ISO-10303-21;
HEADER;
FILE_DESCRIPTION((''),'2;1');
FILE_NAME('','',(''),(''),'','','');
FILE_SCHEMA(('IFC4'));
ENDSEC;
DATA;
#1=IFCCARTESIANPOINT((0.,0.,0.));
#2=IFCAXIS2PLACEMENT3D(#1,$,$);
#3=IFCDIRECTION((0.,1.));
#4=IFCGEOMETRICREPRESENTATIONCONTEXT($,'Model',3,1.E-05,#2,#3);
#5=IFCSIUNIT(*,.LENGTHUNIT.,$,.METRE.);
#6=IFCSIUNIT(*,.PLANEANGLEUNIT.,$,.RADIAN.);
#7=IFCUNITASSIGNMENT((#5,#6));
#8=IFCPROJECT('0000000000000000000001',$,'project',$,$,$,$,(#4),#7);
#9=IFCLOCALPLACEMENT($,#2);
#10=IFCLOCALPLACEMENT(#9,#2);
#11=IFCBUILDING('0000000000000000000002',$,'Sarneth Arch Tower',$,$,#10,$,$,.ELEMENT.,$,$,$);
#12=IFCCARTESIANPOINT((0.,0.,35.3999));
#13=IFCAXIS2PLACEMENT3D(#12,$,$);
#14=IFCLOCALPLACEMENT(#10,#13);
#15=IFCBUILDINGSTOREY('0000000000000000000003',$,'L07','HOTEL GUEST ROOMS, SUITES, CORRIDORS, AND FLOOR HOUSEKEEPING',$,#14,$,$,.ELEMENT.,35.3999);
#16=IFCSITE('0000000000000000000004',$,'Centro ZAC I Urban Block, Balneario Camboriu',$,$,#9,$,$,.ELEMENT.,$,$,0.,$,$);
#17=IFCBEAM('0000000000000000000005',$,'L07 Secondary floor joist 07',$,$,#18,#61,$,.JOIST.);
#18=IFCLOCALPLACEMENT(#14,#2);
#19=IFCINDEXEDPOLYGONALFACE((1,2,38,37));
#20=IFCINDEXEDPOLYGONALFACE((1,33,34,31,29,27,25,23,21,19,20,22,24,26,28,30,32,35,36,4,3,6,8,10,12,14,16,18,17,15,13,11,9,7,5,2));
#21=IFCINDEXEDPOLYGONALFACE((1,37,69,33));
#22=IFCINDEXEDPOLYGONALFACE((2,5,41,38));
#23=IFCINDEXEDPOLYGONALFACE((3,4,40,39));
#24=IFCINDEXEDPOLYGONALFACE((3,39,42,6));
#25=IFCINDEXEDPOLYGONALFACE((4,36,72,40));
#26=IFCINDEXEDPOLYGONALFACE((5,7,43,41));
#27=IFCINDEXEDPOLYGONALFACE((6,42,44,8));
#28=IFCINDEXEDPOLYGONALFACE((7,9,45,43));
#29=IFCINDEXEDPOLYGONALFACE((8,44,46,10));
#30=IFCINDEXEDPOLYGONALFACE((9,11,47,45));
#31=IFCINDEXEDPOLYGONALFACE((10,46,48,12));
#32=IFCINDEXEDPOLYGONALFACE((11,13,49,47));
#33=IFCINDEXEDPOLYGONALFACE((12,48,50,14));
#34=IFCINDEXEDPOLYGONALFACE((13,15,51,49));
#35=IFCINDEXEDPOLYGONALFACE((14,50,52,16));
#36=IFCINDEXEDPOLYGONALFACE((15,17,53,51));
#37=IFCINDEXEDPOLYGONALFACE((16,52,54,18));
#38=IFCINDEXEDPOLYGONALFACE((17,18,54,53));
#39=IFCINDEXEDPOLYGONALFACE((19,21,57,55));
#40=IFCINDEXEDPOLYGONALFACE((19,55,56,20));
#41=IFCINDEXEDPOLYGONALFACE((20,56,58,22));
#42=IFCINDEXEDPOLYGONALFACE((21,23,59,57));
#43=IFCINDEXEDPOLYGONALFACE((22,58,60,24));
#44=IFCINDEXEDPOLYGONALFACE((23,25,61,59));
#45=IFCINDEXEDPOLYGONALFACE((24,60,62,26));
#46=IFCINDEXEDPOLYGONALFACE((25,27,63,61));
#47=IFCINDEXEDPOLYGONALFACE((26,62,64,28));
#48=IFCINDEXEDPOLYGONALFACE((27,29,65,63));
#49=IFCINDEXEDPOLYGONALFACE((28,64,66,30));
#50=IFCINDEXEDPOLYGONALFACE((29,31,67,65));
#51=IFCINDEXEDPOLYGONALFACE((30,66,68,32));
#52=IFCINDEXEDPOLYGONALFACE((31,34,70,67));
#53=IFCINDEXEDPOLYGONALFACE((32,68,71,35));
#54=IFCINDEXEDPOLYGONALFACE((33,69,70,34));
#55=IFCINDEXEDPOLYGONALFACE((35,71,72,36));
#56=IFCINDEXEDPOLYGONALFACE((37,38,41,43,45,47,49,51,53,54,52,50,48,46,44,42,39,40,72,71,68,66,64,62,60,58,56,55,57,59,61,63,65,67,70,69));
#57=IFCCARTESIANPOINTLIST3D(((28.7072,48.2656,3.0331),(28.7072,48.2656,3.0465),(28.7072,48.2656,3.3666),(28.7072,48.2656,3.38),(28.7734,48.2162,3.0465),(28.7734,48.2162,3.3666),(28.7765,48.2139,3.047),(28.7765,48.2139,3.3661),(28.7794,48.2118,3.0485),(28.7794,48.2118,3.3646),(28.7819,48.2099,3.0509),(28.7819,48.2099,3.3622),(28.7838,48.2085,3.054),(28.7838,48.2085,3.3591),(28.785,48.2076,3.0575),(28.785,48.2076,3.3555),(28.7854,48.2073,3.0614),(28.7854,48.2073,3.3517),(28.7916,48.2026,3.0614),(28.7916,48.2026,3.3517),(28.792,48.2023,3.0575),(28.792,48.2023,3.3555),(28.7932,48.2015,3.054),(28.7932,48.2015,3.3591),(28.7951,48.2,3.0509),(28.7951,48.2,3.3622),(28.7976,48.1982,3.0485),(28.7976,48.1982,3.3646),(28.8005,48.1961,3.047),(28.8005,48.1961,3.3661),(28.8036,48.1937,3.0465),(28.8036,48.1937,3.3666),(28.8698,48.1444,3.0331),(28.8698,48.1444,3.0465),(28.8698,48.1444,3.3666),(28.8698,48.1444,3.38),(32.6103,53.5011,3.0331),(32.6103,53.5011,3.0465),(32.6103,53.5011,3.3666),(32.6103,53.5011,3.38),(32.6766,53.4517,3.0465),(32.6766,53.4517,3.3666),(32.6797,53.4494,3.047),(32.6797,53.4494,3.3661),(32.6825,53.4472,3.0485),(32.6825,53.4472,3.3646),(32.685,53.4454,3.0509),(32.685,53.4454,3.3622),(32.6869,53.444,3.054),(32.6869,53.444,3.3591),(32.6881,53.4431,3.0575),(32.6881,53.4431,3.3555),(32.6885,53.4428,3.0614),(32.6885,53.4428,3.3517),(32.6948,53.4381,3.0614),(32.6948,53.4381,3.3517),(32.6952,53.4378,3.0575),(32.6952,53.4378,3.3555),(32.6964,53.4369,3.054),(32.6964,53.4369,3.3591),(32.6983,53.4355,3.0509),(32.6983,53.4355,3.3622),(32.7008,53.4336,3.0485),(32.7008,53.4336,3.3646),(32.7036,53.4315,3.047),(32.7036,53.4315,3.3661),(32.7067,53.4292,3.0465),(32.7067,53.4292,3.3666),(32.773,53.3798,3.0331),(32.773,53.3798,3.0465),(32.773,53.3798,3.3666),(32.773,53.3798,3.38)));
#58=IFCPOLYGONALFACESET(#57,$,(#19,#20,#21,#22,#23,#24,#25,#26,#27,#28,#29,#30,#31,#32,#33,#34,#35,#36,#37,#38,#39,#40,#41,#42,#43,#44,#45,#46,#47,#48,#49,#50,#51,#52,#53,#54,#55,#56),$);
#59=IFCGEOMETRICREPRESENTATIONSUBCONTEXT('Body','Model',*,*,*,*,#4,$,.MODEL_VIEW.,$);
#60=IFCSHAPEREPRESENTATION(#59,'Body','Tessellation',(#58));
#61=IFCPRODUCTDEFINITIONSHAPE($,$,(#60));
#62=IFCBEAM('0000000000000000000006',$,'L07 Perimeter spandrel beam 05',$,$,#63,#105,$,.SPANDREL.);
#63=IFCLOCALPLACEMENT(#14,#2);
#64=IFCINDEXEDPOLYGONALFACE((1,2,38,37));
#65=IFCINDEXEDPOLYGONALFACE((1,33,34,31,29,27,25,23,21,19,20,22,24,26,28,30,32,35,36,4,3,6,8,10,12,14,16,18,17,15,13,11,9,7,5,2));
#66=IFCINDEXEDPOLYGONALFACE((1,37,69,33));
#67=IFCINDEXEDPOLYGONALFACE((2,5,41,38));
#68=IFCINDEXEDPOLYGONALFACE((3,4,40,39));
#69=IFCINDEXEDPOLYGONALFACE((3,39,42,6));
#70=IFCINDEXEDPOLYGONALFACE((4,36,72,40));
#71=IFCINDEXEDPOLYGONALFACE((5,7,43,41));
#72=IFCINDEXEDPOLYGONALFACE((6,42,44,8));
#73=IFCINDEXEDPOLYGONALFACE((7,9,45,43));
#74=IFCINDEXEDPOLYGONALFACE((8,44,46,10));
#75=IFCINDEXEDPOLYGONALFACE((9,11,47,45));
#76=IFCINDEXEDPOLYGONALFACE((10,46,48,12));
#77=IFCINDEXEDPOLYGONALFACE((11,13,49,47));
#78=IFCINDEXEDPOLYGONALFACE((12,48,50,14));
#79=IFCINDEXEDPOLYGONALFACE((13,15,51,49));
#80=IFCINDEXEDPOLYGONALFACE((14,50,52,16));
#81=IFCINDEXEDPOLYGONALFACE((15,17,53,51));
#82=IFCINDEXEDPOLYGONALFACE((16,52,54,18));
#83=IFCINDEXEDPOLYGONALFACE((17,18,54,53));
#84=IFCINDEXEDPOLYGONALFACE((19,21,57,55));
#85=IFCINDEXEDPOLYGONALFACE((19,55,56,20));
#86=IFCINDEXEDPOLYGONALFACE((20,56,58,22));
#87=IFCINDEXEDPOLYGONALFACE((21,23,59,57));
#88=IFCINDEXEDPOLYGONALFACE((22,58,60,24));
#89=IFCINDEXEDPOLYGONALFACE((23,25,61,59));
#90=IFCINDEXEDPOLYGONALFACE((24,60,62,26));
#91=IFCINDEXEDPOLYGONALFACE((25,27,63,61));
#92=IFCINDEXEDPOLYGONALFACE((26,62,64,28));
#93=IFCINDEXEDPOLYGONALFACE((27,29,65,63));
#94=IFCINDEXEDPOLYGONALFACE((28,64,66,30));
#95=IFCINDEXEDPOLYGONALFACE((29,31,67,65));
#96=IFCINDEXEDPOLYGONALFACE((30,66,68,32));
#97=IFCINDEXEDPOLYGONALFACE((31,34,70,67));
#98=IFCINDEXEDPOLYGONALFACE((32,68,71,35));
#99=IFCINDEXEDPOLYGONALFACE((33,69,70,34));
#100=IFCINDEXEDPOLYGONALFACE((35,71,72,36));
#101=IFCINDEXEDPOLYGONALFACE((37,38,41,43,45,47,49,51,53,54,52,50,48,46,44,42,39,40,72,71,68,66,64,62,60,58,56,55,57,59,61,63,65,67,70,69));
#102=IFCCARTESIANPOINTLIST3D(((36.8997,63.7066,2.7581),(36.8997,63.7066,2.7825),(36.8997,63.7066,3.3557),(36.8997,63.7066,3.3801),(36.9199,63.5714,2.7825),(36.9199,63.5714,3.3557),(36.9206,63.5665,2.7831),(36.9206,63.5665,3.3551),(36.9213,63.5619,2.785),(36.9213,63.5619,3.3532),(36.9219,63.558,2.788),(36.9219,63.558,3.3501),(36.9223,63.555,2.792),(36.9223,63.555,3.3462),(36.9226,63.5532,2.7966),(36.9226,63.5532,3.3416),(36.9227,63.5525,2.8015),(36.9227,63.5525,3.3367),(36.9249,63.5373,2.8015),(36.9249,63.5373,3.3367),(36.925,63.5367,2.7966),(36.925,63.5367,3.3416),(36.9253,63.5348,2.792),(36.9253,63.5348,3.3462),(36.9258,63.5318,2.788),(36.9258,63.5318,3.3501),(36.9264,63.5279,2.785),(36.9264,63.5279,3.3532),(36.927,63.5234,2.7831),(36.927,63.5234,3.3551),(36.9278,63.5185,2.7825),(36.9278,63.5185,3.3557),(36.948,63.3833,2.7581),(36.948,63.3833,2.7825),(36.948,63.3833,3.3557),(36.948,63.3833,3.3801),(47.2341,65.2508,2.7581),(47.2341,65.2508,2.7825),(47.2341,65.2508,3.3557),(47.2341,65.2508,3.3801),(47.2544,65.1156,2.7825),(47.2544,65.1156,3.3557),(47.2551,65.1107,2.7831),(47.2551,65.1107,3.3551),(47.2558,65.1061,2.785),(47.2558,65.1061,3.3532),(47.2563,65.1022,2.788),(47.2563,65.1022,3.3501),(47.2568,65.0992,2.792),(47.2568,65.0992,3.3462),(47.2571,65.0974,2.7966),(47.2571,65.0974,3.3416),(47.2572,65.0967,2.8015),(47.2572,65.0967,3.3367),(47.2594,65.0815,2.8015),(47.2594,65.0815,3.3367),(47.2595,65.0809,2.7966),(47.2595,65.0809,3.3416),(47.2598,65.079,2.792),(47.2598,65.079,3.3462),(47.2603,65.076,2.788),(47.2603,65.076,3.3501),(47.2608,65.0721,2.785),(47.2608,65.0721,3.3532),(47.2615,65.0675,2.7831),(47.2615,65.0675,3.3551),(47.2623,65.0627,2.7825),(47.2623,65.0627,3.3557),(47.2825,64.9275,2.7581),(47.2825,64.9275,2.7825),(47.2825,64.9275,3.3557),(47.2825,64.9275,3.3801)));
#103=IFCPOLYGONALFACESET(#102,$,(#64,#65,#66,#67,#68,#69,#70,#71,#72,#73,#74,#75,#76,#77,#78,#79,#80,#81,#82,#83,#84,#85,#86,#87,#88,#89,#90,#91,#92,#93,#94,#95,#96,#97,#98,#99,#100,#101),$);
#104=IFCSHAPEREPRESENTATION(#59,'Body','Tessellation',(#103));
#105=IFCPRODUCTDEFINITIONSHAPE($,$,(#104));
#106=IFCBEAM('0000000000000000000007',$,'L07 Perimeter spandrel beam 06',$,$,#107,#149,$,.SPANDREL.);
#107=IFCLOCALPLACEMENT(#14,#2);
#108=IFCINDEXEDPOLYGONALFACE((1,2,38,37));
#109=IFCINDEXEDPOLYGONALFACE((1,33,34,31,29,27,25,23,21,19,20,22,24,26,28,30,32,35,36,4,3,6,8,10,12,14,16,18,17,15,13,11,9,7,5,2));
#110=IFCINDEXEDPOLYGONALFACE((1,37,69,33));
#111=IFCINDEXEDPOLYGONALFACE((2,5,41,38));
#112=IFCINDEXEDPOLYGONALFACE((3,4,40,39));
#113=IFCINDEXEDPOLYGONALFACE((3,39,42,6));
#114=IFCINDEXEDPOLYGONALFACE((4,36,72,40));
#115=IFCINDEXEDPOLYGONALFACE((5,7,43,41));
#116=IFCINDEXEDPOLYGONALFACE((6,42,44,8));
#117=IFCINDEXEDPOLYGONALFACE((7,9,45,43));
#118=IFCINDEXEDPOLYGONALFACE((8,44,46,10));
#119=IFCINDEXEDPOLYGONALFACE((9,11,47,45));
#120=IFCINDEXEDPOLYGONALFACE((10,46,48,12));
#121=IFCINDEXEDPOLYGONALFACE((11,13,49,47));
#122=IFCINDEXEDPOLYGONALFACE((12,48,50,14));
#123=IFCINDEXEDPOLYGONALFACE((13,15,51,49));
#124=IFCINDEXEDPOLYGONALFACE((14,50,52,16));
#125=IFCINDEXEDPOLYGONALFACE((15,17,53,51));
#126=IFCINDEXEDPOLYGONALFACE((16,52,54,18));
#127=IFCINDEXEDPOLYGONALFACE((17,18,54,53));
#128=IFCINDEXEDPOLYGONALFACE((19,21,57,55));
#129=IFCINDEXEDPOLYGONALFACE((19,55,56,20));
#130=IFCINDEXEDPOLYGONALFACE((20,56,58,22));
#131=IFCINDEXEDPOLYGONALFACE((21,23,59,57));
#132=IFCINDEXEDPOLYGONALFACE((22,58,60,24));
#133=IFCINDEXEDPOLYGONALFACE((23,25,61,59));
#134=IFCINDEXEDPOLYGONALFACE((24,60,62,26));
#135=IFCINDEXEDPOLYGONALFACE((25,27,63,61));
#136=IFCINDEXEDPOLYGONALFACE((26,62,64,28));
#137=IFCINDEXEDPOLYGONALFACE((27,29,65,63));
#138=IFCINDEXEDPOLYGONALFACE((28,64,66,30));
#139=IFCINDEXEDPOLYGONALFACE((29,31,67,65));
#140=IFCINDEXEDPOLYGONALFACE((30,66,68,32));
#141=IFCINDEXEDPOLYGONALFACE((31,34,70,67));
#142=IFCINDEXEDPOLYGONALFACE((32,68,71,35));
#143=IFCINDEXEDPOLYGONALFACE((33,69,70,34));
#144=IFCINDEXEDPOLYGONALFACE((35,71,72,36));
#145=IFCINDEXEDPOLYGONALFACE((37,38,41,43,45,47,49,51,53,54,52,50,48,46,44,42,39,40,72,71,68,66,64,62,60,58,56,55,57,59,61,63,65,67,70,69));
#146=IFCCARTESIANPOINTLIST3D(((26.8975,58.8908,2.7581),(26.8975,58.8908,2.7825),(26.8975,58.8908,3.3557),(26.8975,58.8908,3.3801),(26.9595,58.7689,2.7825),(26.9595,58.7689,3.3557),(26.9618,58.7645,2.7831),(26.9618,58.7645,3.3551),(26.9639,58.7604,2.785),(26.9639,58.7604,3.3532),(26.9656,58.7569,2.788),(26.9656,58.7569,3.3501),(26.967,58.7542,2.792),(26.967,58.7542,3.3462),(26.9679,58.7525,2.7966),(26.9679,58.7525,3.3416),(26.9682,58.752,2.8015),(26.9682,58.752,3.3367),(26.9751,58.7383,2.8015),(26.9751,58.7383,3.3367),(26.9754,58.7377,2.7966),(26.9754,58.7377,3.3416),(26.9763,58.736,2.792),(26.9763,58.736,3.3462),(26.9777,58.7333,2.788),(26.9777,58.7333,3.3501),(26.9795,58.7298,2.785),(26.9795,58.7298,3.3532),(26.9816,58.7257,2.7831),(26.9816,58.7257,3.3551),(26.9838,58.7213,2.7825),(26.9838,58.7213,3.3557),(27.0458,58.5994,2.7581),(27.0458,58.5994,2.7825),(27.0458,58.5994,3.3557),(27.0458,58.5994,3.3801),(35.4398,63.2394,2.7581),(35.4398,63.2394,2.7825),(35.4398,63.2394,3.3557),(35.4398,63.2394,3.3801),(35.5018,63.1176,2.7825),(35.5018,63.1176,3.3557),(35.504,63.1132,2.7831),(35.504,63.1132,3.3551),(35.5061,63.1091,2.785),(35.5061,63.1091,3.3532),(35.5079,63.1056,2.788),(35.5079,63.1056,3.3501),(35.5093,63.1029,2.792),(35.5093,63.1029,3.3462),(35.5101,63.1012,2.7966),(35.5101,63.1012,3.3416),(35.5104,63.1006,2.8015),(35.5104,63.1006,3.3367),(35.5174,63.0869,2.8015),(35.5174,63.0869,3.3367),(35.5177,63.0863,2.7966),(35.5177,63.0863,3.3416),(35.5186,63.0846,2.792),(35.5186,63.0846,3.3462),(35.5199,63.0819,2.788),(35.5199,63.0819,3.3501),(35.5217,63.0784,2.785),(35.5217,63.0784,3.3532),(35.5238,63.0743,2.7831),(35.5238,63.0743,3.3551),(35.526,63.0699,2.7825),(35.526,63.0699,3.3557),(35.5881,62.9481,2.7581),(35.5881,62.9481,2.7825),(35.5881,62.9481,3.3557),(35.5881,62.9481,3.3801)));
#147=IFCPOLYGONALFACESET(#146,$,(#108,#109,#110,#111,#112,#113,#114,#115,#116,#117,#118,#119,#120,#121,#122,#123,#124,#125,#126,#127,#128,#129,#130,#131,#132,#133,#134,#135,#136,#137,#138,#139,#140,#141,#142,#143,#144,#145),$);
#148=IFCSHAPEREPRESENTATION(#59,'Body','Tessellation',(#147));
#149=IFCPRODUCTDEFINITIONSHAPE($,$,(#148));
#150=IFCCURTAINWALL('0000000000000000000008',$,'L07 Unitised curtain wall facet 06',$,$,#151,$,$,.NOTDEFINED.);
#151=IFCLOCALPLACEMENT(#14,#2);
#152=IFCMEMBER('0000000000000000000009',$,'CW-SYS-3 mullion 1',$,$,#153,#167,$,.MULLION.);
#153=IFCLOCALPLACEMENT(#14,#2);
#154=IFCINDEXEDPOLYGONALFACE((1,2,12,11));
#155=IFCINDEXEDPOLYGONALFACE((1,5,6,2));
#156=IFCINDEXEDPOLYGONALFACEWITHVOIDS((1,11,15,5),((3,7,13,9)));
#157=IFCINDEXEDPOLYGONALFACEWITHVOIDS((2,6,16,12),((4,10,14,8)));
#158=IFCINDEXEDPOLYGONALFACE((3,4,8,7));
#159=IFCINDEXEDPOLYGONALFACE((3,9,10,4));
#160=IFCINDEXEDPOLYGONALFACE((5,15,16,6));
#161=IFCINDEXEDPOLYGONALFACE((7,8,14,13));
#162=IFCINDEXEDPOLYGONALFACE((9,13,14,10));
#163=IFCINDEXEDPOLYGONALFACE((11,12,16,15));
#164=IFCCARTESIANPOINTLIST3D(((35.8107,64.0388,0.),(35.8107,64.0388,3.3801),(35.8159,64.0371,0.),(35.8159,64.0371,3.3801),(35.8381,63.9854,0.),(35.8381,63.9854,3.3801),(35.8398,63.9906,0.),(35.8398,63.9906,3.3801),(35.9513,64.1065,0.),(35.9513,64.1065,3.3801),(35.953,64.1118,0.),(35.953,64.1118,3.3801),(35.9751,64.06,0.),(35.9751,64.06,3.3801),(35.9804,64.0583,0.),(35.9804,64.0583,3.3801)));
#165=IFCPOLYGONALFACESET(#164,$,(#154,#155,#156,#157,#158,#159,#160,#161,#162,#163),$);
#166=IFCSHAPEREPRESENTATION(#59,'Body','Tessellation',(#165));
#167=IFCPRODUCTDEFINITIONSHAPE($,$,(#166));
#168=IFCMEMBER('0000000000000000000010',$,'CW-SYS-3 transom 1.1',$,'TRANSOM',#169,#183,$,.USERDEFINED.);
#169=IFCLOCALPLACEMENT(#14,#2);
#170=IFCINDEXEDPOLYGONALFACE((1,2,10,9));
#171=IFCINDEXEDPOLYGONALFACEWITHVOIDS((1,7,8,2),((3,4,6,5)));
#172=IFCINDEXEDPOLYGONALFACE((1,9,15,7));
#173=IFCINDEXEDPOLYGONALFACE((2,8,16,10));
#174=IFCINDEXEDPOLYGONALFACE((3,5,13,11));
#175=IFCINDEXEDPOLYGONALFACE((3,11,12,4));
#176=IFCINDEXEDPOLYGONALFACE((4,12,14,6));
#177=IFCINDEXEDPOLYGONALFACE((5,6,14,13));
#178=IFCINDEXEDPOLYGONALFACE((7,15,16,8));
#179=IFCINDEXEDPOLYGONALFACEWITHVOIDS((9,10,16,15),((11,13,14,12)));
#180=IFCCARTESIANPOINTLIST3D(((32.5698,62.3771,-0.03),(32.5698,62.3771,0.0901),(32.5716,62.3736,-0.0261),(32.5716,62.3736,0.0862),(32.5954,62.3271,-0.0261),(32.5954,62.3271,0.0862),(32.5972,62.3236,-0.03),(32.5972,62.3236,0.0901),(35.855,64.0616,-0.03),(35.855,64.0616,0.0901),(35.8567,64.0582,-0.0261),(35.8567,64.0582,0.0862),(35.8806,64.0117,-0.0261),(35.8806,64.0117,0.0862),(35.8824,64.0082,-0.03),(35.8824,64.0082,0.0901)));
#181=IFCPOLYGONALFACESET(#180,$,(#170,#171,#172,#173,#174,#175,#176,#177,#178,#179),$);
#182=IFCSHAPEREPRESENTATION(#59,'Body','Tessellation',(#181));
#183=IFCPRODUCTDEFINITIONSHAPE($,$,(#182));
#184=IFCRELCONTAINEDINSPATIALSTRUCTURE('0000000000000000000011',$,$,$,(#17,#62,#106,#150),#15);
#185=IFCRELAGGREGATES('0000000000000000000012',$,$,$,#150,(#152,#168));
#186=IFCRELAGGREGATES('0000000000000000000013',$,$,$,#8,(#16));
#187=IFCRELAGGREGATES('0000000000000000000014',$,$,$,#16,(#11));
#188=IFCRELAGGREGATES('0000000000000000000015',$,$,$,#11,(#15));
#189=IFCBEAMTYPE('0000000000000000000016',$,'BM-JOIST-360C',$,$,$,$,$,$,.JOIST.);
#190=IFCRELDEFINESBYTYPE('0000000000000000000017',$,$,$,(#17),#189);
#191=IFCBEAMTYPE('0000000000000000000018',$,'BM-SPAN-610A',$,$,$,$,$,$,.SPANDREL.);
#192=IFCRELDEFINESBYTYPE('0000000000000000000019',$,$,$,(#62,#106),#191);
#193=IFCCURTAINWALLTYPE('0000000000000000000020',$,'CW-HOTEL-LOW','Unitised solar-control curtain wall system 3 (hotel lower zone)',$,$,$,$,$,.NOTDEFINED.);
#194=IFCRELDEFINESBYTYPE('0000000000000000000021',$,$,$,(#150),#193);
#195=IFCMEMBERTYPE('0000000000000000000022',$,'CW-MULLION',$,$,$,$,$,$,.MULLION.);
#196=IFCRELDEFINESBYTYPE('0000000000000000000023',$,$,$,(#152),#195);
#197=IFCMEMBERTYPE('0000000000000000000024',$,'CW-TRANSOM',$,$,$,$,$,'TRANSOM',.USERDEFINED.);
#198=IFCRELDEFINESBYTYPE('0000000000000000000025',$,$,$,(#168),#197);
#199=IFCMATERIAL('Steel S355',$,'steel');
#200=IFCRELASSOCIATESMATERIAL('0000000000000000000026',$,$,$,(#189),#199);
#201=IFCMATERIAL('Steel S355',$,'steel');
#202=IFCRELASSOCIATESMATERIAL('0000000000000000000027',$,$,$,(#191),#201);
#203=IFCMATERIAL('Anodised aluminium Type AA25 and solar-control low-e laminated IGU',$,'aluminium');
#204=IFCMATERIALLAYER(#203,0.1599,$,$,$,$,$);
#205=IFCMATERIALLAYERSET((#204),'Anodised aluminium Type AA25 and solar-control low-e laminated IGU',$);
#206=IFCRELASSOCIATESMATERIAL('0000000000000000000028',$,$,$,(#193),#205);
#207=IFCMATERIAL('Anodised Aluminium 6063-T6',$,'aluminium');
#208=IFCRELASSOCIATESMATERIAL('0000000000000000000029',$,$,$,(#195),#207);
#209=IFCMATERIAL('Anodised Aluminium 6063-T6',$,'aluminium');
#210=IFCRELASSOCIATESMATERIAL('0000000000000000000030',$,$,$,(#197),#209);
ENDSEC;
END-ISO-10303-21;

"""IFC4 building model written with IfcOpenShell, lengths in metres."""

from ifc_helpers import new_model, si_unit, direction, frame, origin, origin_2d, place, context, subcontext, project, spatial, hollow_rectangle, i_section, extrude, material, layer, layer_set, material_profile, profile_set, type_object, element, aggregate, save


model = new_model("IFC4")

# Units and contexts
model_context = context("Model", 3, precision=1e-05, world=origin(), true_north=direction((0.0, 1.0)))
body_context = subcontext(model_context, "Body", "Model", "MODEL_VIEW")
ifc_project = project(units=[si_unit("LENGTHUNIT", "METRE"), si_unit("PLANEANGLEUNIT", "RADIAN")], contexts=[model_context])

# Site, building, storey
site_placement = place(None, origin())
site = spatial("IfcSite", under=ifc_project, at=site_placement, Name="Centro ZAC I Urban Block, Balneario Camboriu", CompositionType="ELEMENT", RefElevation=0.0)
building_placement = place(site_placement, origin())
building = spatial("IfcBuilding", under=site, at=building_placement, Name="Sarneth Arch Tower", CompositionType="ELEMENT")
storey_placement = place(building_placement, frame((0.0, 0.0, 35.3999)))
storey = spatial("IfcBuildingStorey", under=building, at=storey_placement, Name="L07", Description="HOTEL GUEST ROOMS, SUITES, CORRIDORS, AND FLOOR HOUSEKEEPING", CompositionType="ELEMENT", Elevation=35.3999)

# Beams
ifc_material_1 = material(Name="Steel S355", Category="steel")
ifc_material_profile_1 = material_profile(ifc_material_1, i_section(OverallWidth=0.2029, OverallDepth=0.3469, WebThickness=0.0078, FlangeThickness=0.0134, FilletRadius=0.0149, at=origin_2d()), Name="W360x64")
ifc_profile_set_1 = profile_set([ifc_material_profile_1], Name="Steel S355")
beam_type_1 = type_object("IfcBeamType", Name="BM-JOIST-360C", PredefinedType="JOIST", material=ifc_profile_set_1)
beam_1_placement = place(storey_placement, frame((32.6917, 53.4404, 3.2065), z_axis=(-0.5977, -0.801719, 0.0), x_axis=(0.801719, -0.5977, 0.0)))
element("IfcBeam", 1, at=beam_1_placement, inside=storey, type_object=beam_type_1, Name="L07 Secondary floor joist 07", PredefinedType="JOIST", context=body_context, shape_type="SweptSolid", body=[
    extrude(i_section(OverallWidth=0.2029, OverallDepth=0.3469, WebThickness=0.0078, FlangeThickness=0.0134, FilletRadius=0.0149, at=origin_2d()), origin(), (0.0, 0.0, 1.0), 6.5303),
])
ifc_material_2 = material(Name="Steel S355", Category="steel")
ifc_material_profile_2 = material_profile(ifc_material_2, i_section(OverallWidth=0.3269, OverallDepth=0.6221, WebThickness=0.0154, FlangeThickness=0.0244, FilletRadius=0.019, at=origin_2d()), Name="W610x195")
ifc_profile_set_2 = profile_set([ifc_material_profile_2], Name="Steel S355")
beam_type_2 = type_object("IfcBeamType", Name="BM-SPAN-610A", PredefinedType="SPANDREL", material=ifc_profile_set_2)
beam_2_placement = place(storey_placement, frame((47.2583, 65.0891, 3.0691), z_axis=(-0.98902, -0.147781, 0.0), x_axis=(0.147781, -0.98902, 0.0)))
element("IfcBeam", 2, at=beam_2_placement, inside=storey, type_object=beam_type_2, Name="L07 Perimeter spandrel beam 05", PredefinedType="SPANDREL", context=body_context, shape_type="SweptSolid", body=[
    extrude(i_section(OverallWidth=0.3269, OverallDepth=0.6221, WebThickness=0.0154, FlangeThickness=0.0244, FilletRadius=0.019, at=origin_2d()), origin(), (0.0, 0.0, 1.0), 10.4492),
])
beam_3_placement = place(storey_placement, frame((35.5139, 63.0938, 3.0691), z_axis=(-0.891169, -0.453671, 0.0), x_axis=(0.453671, -0.891169, 0.0)))
element("IfcBeam", 3, at=beam_3_placement, inside=storey, type_object=beam_type_2, Name="L07 Perimeter spandrel beam 06", PredefinedType="SPANDREL", context=body_context, shape_type="SweptSolid", body=[
    extrude(i_section(OverallWidth=0.3269, OverallDepth=0.6221, WebThickness=0.0154, FlangeThickness=0.0244, FilletRadius=0.019, at=origin_2d()), origin(), (0.0, 0.0, 1.0), 9.5854),
])

# Curtain wall, members
ifc_material_3 = material(Name="Anodised aluminium Type AA25 and solar-control low-e laminated IGU", Category="aluminium")
ifc_layer_1 = layer(ifc_material_3, 0.1599)
ifc_layer_set_1 = layer_set([ifc_layer_1], Name="Anodised aluminium Type AA25 and solar-control low-e laminated IGU")
curtain_wall_type = type_object("IfcCurtainWallType", Name="CW-HOTEL-LOW", Description="Unitised solar-control curtain wall system 3 (hotel lower zone)", PredefinedType="NOTDEFINED", material=ifc_layer_set_1)
curtain_wall_placement = place(storey_placement, origin())
curtain_wall = element("IfcCurtainWall", 4, at=curtain_wall_placement, inside=storey, type_object=curtain_wall_type, Name="L07 Unitised curtain wall facet 06", PredefinedType="NOTDEFINED")
ifc_material_4 = material(Name="Anodised Aluminium 6063-T6", Category="aluminium")
ifc_material_profile_3 = material_profile(ifc_material_4, hollow_rectangle(XDim=0.0601, YDim=0.1599, WallThickness=0.0039, at=origin_2d()), Name="AL-MULL-160x60x4")
ifc_profile_set_3 = profile_set([ifc_material_profile_3], Name="Anodised Aluminium 6063-T6")
member_type_1 = type_object("IfcMemberType", Name="CW-MULLION", PredefinedType="MULLION", material=ifc_profile_set_3)
member_1_placement = place(storey_placement, frame((35.8955, 64.0486, 0.0), z_axis=(0.0, 0.0, 1.0), x_axis=(0.456245, -0.889854, 0.0)))
member_1 = element("IfcMember", 5, at=member_1_placement, type_object=member_type_1, Name="CW-SYS-3 mullion 1", PredefinedType="MULLION", context=body_context, shape_type="SweptSolid", body=[
    extrude(hollow_rectangle(XDim=0.0601, YDim=0.1599, WallThickness=0.0039, at=origin_2d()), origin(), (0.0, 0.0, 1.0), 3.3801),
])
ifc_material_5 = material(Name="Anodised Aluminium 6063-T6", Category="aluminium")
ifc_material_profile_4 = material_profile(ifc_material_5, hollow_rectangle(XDim=0.0601, YDim=0.1201, WallThickness=0.0039, at=origin_2d()), Name="AL-TRAN-120x60x4")
ifc_profile_set_4 = profile_set([ifc_material_profile_4], Name="Anodised Aluminium 6063-T6")
member_type_2 = type_object("IfcMemberType", Name="CW-TRANSOM", ElementType="TRANSOM", PredefinedType="USERDEFINED", material=ifc_profile_set_4)
member_2_placement = place(storey_placement, frame((35.8687, 64.0349, 0.03), z_axis=(-0.889831, -0.45629, 0.0), x_axis=(0.45629, -0.889831, 0.0)))
member_2 = element("IfcMember", 6, at=member_2_placement, type_object=member_type_2, Name="CW-SYS-3 transom 1.1", ObjectType="TRANSOM", PredefinedType="USERDEFINED", context=body_context, shape_type="SweptSolid", body=[
    extrude(hollow_rectangle(XDim=0.0601, YDim=0.1201, WallThickness=0.0039, at=origin_2d()), origin(), (0.0, 0.0, 1.0), 3.6919),
])
aggregate(curtain_wall, [member_1, member_2])

save(model, "model.ifc")
